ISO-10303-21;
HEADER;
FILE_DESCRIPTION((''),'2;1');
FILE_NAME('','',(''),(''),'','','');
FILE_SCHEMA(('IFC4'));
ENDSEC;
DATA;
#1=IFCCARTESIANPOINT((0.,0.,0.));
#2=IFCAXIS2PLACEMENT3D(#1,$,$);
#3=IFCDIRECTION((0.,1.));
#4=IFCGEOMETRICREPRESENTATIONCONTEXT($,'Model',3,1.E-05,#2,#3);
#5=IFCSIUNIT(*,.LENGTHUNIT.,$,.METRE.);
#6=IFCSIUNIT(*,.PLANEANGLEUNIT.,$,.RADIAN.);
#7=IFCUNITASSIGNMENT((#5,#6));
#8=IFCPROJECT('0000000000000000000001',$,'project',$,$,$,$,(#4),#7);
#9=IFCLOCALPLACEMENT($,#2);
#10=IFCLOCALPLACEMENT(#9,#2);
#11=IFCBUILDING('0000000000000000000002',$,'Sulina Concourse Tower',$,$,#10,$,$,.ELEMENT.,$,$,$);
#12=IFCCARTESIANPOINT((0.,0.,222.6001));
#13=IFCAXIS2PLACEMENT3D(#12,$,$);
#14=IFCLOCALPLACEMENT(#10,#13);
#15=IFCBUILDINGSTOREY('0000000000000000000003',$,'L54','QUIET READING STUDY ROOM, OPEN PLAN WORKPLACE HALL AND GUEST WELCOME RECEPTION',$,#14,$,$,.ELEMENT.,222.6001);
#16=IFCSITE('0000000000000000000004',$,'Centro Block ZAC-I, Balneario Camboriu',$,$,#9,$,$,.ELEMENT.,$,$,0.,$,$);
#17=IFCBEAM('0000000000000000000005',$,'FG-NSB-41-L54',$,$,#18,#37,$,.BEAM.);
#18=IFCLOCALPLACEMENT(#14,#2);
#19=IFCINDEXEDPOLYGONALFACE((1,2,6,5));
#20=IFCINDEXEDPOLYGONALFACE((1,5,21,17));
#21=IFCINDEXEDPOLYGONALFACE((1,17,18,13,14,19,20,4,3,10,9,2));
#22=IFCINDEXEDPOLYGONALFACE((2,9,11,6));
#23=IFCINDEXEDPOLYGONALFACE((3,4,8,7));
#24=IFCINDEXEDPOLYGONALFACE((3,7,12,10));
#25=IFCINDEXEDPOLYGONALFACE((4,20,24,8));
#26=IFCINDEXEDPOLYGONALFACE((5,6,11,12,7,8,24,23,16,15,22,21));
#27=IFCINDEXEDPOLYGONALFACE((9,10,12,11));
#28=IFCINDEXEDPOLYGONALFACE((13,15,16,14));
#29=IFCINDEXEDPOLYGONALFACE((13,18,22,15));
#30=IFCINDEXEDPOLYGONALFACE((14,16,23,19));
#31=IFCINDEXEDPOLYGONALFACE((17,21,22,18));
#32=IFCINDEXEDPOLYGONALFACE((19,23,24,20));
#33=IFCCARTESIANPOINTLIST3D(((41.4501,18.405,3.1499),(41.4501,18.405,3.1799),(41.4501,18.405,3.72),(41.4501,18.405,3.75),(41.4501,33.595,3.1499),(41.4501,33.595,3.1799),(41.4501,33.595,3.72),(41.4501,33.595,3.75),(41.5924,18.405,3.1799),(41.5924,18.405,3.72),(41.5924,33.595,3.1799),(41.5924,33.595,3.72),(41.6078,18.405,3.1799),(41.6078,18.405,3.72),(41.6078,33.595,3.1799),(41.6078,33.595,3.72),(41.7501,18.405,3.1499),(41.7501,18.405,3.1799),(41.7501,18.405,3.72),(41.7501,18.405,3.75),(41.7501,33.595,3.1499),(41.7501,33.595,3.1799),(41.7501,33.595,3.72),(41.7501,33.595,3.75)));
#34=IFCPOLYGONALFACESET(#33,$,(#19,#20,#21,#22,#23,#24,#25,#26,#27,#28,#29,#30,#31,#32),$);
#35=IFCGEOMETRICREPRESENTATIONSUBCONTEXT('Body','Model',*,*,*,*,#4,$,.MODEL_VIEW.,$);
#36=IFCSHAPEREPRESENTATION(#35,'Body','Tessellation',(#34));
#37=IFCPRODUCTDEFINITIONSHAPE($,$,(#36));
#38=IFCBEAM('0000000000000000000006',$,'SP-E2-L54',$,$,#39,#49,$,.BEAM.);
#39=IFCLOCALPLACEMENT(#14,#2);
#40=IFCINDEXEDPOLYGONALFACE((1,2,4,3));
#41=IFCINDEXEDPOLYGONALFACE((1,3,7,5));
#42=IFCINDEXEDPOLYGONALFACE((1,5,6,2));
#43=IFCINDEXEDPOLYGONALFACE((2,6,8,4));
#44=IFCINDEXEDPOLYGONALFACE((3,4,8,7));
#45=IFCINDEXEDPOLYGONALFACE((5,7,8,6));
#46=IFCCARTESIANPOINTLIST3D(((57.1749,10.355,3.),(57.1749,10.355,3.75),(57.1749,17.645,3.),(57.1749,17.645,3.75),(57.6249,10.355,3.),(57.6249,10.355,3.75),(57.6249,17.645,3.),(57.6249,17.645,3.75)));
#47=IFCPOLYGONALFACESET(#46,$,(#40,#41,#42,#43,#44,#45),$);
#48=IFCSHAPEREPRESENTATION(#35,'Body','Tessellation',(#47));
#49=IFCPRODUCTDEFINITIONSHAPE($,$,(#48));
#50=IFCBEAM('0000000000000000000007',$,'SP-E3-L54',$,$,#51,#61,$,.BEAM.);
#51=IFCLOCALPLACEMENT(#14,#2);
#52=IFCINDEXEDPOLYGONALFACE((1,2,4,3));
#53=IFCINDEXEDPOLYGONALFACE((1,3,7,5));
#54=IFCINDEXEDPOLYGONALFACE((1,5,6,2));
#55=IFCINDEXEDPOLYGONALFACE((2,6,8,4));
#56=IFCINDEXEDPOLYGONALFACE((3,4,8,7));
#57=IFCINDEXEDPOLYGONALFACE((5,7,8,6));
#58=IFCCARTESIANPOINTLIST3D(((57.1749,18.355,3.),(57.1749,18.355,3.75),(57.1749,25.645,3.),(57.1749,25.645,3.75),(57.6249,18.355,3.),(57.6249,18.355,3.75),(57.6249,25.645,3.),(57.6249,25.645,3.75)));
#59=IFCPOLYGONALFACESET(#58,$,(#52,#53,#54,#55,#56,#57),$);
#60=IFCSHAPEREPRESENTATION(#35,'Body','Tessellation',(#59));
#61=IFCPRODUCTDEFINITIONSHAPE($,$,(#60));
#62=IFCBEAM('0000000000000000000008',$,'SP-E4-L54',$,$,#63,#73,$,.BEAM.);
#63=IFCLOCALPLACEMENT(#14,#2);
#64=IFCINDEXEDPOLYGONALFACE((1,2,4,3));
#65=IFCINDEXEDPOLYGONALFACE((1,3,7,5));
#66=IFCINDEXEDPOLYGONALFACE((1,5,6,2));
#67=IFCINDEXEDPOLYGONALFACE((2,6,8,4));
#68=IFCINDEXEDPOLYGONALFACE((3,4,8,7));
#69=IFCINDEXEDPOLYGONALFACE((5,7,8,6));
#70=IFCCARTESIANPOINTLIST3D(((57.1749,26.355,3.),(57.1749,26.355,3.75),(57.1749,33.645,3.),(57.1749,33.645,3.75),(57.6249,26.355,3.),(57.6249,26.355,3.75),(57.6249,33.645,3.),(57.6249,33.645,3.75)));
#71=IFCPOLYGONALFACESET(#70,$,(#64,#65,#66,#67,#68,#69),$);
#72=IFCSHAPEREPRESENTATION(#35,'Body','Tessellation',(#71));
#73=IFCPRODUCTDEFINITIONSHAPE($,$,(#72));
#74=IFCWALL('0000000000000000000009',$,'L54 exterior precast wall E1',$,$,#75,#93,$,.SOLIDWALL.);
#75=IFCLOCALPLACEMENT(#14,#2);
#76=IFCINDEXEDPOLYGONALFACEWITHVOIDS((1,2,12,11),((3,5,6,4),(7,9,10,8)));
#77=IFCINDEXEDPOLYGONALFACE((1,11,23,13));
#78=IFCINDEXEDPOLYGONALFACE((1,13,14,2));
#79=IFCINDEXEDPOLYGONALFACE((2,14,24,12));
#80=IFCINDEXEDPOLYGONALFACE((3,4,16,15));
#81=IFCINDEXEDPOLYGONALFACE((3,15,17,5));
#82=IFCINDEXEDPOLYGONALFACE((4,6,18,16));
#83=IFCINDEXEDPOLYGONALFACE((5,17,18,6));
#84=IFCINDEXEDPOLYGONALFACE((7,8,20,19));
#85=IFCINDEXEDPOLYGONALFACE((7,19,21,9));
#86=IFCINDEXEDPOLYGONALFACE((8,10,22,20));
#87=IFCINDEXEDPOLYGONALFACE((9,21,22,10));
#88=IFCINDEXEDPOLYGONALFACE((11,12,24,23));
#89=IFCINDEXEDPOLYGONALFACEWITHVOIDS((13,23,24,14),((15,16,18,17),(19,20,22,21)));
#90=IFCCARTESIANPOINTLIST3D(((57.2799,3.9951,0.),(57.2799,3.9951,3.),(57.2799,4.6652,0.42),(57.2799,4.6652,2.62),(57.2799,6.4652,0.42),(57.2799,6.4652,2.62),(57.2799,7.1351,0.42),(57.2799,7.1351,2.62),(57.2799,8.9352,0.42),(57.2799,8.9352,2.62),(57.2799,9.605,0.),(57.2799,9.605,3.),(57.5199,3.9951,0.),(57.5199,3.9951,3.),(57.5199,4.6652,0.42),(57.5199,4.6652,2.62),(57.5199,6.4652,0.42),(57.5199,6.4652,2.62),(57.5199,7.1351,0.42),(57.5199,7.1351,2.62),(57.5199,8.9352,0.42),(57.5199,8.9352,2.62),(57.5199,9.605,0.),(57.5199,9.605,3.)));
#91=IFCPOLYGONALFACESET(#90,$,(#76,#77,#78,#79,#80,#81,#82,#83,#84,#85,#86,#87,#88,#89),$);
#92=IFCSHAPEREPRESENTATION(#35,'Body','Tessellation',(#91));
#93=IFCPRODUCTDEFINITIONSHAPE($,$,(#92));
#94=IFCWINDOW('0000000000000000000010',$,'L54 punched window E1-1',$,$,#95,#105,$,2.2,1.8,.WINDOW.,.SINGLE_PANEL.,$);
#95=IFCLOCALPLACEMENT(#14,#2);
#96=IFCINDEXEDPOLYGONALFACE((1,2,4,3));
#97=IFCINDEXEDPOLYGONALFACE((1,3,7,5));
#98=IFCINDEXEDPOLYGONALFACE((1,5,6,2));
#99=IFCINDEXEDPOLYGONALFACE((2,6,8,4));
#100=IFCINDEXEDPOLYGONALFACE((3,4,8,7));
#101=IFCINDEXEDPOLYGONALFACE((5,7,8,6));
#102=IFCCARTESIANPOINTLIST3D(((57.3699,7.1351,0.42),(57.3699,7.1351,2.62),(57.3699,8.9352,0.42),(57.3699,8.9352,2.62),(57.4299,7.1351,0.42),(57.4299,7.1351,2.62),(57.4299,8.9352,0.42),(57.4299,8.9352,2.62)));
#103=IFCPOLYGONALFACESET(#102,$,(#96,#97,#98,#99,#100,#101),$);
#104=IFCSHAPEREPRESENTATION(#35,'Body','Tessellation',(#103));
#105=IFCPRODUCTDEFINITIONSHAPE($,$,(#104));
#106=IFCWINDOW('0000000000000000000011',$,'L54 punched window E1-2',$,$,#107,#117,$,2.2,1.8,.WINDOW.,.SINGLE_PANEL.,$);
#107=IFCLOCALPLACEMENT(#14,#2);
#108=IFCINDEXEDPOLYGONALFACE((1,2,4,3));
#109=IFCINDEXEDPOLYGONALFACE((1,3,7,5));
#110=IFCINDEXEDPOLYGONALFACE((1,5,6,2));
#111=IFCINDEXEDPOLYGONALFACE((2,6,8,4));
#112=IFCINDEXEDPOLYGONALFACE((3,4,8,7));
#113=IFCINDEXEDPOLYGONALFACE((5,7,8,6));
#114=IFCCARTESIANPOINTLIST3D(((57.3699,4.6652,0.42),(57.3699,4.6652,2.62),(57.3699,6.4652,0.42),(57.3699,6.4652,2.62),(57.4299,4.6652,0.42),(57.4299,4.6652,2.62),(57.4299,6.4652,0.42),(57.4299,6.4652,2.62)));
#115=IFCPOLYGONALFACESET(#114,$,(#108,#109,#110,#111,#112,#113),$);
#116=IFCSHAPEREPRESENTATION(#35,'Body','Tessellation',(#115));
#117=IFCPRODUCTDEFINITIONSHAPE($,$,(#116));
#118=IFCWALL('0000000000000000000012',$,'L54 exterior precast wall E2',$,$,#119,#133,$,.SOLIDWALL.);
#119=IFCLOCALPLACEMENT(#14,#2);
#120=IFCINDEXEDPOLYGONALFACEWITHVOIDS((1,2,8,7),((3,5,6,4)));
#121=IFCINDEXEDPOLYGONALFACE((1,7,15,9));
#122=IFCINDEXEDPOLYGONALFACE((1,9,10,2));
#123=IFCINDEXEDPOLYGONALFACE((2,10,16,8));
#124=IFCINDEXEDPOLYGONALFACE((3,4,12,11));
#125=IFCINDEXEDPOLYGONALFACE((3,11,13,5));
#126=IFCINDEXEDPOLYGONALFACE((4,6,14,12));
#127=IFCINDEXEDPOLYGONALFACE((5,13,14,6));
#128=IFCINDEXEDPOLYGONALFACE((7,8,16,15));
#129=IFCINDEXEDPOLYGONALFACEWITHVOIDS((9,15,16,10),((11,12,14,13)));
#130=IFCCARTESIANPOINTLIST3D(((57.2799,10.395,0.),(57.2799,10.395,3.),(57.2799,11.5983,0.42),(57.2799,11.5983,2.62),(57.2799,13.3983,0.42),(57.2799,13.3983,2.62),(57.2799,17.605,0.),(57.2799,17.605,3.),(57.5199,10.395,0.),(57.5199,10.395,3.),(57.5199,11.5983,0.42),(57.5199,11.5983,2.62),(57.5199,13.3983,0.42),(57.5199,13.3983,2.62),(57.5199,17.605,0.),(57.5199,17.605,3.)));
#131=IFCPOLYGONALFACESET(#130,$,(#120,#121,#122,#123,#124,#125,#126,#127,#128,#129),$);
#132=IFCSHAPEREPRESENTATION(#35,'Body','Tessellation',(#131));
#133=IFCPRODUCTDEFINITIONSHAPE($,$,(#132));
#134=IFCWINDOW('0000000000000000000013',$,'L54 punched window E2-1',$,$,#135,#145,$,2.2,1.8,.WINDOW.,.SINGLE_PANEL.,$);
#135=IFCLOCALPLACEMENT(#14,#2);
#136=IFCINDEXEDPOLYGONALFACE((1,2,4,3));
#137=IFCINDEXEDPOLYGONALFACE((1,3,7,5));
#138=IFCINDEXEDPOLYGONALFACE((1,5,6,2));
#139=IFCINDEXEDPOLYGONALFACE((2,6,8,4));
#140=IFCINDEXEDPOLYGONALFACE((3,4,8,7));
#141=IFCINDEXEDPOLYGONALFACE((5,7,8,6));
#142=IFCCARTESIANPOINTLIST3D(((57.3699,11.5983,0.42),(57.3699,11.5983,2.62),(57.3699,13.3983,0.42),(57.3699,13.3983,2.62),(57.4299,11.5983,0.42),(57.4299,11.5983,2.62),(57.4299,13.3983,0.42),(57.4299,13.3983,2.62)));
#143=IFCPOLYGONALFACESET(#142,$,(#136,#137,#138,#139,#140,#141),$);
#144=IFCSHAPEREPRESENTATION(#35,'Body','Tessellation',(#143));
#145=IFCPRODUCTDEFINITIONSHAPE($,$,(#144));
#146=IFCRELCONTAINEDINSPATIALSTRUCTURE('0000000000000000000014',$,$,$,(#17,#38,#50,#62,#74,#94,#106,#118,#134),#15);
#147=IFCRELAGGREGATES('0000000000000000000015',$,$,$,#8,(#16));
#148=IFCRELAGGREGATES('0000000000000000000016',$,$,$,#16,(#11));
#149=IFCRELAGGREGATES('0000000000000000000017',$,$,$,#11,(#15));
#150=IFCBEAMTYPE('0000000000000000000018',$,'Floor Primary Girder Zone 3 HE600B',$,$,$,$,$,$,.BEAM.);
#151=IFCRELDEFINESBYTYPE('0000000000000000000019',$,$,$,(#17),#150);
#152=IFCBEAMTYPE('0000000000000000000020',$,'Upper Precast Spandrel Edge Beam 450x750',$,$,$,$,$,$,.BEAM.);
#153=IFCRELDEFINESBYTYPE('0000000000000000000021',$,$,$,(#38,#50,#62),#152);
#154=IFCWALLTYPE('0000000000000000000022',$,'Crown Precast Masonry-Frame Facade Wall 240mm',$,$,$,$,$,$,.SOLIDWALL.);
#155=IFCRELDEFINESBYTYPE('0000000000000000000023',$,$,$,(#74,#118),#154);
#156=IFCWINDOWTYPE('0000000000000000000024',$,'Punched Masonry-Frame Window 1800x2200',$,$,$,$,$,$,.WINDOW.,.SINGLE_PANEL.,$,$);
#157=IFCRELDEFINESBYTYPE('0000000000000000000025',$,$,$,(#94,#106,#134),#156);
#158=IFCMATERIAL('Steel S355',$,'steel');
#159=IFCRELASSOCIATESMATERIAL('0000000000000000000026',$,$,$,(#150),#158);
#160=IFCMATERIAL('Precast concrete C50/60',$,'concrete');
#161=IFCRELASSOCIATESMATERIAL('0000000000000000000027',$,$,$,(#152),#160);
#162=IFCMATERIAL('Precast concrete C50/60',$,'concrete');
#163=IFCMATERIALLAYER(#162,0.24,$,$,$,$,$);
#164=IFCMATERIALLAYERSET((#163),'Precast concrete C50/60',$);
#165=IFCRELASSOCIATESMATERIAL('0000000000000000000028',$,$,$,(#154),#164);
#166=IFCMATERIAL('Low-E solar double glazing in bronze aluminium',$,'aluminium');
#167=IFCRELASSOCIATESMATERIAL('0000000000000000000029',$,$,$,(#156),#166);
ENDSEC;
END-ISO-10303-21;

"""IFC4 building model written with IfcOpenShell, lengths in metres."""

from ifc_helpers import new_model, si_unit, direction, frame, frame_2d, origin, origin_2d, place, context, subcontext, project, spatial, rectangle, i_section, extrude, material, layer, layer_set, material_profile, profile_set, type_object, element, fill, save


model = new_model("IFC4")

# Units and contexts
model_context = context("Model", 3, precision=1e-05, world=origin(), true_north=direction((0.0, 1.0)))
body_context = subcontext(model_context, "Body", "Model", "MODEL_VIEW")
ifc_project = project(units=[si_unit("LENGTHUNIT", "METRE"), si_unit("PLANEANGLEUNIT", "RADIAN")], contexts=[model_context])

# Site, building, storey
site_placement = place(None, origin())
site = spatial("IfcSite", under=ifc_project, at=site_placement, Name="Centro Block ZAC-I, Balneario Camboriu", CompositionType="ELEMENT", RefElevation=0.0)
building_placement = place(site_placement, origin())
building = spatial("IfcBuilding", under=site, at=building_placement, Name="Sulina Concourse Tower", CompositionType="ELEMENT")
storey_placement = place(building_placement, frame((0.0, 0.0, 222.6001)))
storey = spatial("IfcBuildingStorey", under=building, at=storey_placement, Name="L54", Description="QUIET READING STUDY ROOM, OPEN PLAN WORKPLACE HALL AND GUEST WELCOME RECEPTION", CompositionType="ELEMENT", Elevation=222.6001)

# Beams
ifc_material_1 = material(Name="Steel S355", Category="steel")
ifc_material_profile_1 = material_profile(ifc_material_1, i_section(OverallWidth=0.3, OverallDepth=0.6001, WebThickness=0.0154, FlangeThickness=0.03, at=origin_2d()), Name="HE 600 B")
ifc_profile_set_1 = profile_set([ifc_material_profile_1], Name="Steel S355")
beam_type_1 = type_object("IfcBeamType", Name="Floor Primary Girder Zone 3 HE600B", PredefinedType="BEAM", material=ifc_profile_set_1)
beam_1_placement = place(storey_placement, frame((41.6001, 18.405, 3.45), z_axis=(0.0, 1.0, 0.0), x_axis=(-1.0, 0.0, 0.0)))
element("IfcBeam", 1, at=beam_1_placement, inside=storey, type_object=beam_type_1, Name="FG-NSB-41-L54", PredefinedType="BEAM", context=body_context, shape_type="SweptSolid", body=[
    extrude(i_section(OverallWidth=0.3, OverallDepth=0.6001, WebThickness=0.0154, FlangeThickness=0.03, at=origin_2d()), origin(), (0.0, 0.0, 1.0), 15.1899),
])
ifc_material_2 = material(Name="Precast concrete C50/60", Category="concrete")
ifc_material_profile_2 = material_profile(ifc_material_2, rectangle(XDim=0.45, YDim=0.75, at=origin_2d()), Name="RC 450x750")
ifc_profile_set_2 = profile_set([ifc_material_profile_2], Name="Precast concrete C50/60")
beam_type_2 = type_object("IfcBeamType", Name="Upper Precast Spandrel Edge Beam 450x750", PredefinedType="BEAM", material=ifc_profile_set_2)
for number, where, z_axis, x_axis, name in (
    (2, (57.3999, 10.355, 3.375), (0.0, 1.0, 0.0), (-1.0, 0.0, 0.0), "SP-E2-L54"),
    (3, (57.3999, 18.355, 3.375), (0.0, 1.0, 0.0), (-1.0, 0.0, 0.0), "SP-E3-L54"),
    (4, (57.3999, 26.355, 3.375), (0.0, 1.0, 0.0), (-1.0, 0.0, 0.0), "SP-E4-L54"),
):
    element("IfcBeam", number, at=place(storey_placement, frame(where, z_axis=z_axis, x_axis=x_axis)), inside=storey, type_object=beam_type_2, Name=name, PredefinedType="BEAM", context=body_context, shape_type="SweptSolid", body=[
        extrude(rectangle(XDim=0.45, YDim=0.75, at=origin_2d()), origin(), (0.0, 0.0, 1.0), 7.29),
    ])

# Wall, openings, windows
ifc_material_3 = material(Name="Precast concrete C50/60", Category="concrete")
ifc_layer_1 = layer(ifc_material_3, 0.24)
ifc_layer_set_1 = layer_set([ifc_layer_1], Name="Precast concrete C50/60")
wall_type_1 = type_object("IfcWallType", Name="Crown Precast Masonry-Frame Facade Wall 240mm", PredefinedType="SOLIDWALL", material=ifc_layer_set_1)
wall_1_placement = place(storey_placement, frame((57.3999, 9.605, 0.0), z_axis=(0.0, 0.0, 1.0), x_axis=(0.0, -1.0, 0.0)))
wall_1 = element("IfcWall", 5, at=wall_1_placement, inside=storey, type_object=wall_type_1, Name="L54 exterior precast wall E1", PredefinedType="SOLIDWALL", context=body_context, shape_type="SweptSolid", body=[
    extrude(rectangle(XDim=5.6099, YDim=0.24, at=frame_2d((2.8049, 0.0))), origin(), (0.0, 0.0, 1.0), 3.0),
])
opening_1_placement = place(wall_1_placement, frame((0.6699, 0.0, 0.4199)))
opening_1 = element("IfcOpeningElement", 6, at=opening_1_placement, cuts=wall_1, PredefinedType="OPENING", context=body_context, shape_type="SweptSolid", body=[
    extrude(rectangle(XDim=1.8, YDim=2.2, at=frame_2d((0.8999, 1.1001))), frame((0.0, 0.1299, 0.0), z_axis=(0.0, -1.0, 0.0), x_axis=(1.0, 0.0, 0.0)), (0.0, 0.0, 1.0), 0.26),
])
opening_2_placement = place(wall_1_placement, frame((3.1399, 0.0, 0.4199)))
opening_2 = element("IfcOpeningElement", 7, at=opening_2_placement, cuts=wall_1, PredefinedType="OPENING", context=body_context, shape_type="SweptSolid", body=[
    extrude(rectangle(XDim=1.8, YDim=2.2, at=frame_2d((0.8999, 1.1001))), frame((0.0, 0.1299, 0.0), z_axis=(0.0, -1.0, 0.0), x_axis=(1.0, 0.0, 0.0)), (0.0, 0.0, 1.0), 0.26),
])
ifc_material_4 = material(Name="Low-E solar double glazing in bronze aluminium", Category="aluminium")
window_type = type_object("IfcWindowType", Name="Punched Masonry-Frame Window 1800x2200", PartitioningType="SINGLE_PANEL", PredefinedType="WINDOW", material=ifc_material_4)
window_1_placement = place(opening_1_placement, origin())
window_1 = element("IfcWindow", 8, at=window_1_placement, inside=storey, type_object=window_type, Name="L54 punched window E1-1", OverallHeight=2.2, OverallWidth=1.8, PartitioningType="SINGLE_PANEL", PredefinedType="WINDOW", context=body_context, shape_type="SweptSolid", body=[
    extrude(rectangle(XDim=1.8, YDim=2.2, at=frame_2d((0.8999, 1.1001))), frame((0.0, 0.03, 0.0), z_axis=(0.0, -1.0, 0.0), x_axis=(1.0, 0.0, 0.0)), (0.0, 0.0, 1.0), 0.0601),
])
fill(opening_1, window_1)
window_2_placement = place(opening_2_placement, origin())
window_2 = element("IfcWindow", 9, at=window_2_placement, inside=storey, type_object=window_type, Name="L54 punched window E1-2", OverallHeight=2.2, OverallWidth=1.8, PartitioningType="SINGLE_PANEL", PredefinedType="WINDOW", context=body_context, shape_type="SweptSolid", body=[
    extrude(rectangle(XDim=1.8, YDim=2.2, at=frame_2d((0.8999, 1.1001))), frame((0.0, 0.03, 0.0), z_axis=(0.0, -1.0, 0.0), x_axis=(1.0, 0.0, 0.0)), (0.0, 0.0, 1.0), 0.0601),
])
fill(opening_2, window_2)

# Wall, opening, window
wall_2_placement = place(storey_placement, frame((57.3999, 17.605, 0.0), z_axis=(0.0, 0.0, 1.0), x_axis=(0.0, -1.0, 0.0)))
wall_2 = element("IfcWall", 10, at=wall_2_placement, inside=storey, type_object=wall_type_1, Name="L54 exterior precast wall E2", PredefinedType="SOLIDWALL", context=body_context, shape_type="SweptSolid", body=[
    extrude(rectangle(XDim=7.21, YDim=0.24, at=frame_2d((3.605, 0.0))), origin(), (0.0, 0.0, 1.0), 3.0),
])
opening_3_placement = place(wall_2_placement, frame((4.2068, 0.0, 0.4199)))
opening_3 = element("IfcOpeningElement", 11, at=opening_3_placement, cuts=wall_2, PredefinedType="OPENING", context=body_context, shape_type="SweptSolid", body=[
    extrude(rectangle(XDim=1.8, YDim=2.2, at=frame_2d((0.8999, 1.1001))), frame((0.0, 0.1299, 0.0), z_axis=(0.0, -1.0, 0.0), x_axis=(1.0, 0.0, 0.0)), (0.0, 0.0, 1.0), 0.26),
])
window_3_placement = place(opening_3_placement, origin())
window_3 = element("IfcWindow", 12, at=window_3_placement, inside=storey, type_object=window_type, Name="L54 punched window E2-1", OverallHeight=2.2, OverallWidth=1.8, PartitioningType="SINGLE_PANEL", PredefinedType="WINDOW", context=body_context, shape_type="SweptSolid", body=[
    extrude(rectangle(XDim=1.8, YDim=2.2, at=frame_2d((0.8999, 1.1001))), frame((0.0, 0.03, 0.0), z_axis=(0.0, -1.0, 0.0), x_axis=(1.0, 0.0, 0.0)), (0.0, 0.0, 1.0), 0.0601),
])
fill(opening_3, window_3)

save(model, "model.ifc")
